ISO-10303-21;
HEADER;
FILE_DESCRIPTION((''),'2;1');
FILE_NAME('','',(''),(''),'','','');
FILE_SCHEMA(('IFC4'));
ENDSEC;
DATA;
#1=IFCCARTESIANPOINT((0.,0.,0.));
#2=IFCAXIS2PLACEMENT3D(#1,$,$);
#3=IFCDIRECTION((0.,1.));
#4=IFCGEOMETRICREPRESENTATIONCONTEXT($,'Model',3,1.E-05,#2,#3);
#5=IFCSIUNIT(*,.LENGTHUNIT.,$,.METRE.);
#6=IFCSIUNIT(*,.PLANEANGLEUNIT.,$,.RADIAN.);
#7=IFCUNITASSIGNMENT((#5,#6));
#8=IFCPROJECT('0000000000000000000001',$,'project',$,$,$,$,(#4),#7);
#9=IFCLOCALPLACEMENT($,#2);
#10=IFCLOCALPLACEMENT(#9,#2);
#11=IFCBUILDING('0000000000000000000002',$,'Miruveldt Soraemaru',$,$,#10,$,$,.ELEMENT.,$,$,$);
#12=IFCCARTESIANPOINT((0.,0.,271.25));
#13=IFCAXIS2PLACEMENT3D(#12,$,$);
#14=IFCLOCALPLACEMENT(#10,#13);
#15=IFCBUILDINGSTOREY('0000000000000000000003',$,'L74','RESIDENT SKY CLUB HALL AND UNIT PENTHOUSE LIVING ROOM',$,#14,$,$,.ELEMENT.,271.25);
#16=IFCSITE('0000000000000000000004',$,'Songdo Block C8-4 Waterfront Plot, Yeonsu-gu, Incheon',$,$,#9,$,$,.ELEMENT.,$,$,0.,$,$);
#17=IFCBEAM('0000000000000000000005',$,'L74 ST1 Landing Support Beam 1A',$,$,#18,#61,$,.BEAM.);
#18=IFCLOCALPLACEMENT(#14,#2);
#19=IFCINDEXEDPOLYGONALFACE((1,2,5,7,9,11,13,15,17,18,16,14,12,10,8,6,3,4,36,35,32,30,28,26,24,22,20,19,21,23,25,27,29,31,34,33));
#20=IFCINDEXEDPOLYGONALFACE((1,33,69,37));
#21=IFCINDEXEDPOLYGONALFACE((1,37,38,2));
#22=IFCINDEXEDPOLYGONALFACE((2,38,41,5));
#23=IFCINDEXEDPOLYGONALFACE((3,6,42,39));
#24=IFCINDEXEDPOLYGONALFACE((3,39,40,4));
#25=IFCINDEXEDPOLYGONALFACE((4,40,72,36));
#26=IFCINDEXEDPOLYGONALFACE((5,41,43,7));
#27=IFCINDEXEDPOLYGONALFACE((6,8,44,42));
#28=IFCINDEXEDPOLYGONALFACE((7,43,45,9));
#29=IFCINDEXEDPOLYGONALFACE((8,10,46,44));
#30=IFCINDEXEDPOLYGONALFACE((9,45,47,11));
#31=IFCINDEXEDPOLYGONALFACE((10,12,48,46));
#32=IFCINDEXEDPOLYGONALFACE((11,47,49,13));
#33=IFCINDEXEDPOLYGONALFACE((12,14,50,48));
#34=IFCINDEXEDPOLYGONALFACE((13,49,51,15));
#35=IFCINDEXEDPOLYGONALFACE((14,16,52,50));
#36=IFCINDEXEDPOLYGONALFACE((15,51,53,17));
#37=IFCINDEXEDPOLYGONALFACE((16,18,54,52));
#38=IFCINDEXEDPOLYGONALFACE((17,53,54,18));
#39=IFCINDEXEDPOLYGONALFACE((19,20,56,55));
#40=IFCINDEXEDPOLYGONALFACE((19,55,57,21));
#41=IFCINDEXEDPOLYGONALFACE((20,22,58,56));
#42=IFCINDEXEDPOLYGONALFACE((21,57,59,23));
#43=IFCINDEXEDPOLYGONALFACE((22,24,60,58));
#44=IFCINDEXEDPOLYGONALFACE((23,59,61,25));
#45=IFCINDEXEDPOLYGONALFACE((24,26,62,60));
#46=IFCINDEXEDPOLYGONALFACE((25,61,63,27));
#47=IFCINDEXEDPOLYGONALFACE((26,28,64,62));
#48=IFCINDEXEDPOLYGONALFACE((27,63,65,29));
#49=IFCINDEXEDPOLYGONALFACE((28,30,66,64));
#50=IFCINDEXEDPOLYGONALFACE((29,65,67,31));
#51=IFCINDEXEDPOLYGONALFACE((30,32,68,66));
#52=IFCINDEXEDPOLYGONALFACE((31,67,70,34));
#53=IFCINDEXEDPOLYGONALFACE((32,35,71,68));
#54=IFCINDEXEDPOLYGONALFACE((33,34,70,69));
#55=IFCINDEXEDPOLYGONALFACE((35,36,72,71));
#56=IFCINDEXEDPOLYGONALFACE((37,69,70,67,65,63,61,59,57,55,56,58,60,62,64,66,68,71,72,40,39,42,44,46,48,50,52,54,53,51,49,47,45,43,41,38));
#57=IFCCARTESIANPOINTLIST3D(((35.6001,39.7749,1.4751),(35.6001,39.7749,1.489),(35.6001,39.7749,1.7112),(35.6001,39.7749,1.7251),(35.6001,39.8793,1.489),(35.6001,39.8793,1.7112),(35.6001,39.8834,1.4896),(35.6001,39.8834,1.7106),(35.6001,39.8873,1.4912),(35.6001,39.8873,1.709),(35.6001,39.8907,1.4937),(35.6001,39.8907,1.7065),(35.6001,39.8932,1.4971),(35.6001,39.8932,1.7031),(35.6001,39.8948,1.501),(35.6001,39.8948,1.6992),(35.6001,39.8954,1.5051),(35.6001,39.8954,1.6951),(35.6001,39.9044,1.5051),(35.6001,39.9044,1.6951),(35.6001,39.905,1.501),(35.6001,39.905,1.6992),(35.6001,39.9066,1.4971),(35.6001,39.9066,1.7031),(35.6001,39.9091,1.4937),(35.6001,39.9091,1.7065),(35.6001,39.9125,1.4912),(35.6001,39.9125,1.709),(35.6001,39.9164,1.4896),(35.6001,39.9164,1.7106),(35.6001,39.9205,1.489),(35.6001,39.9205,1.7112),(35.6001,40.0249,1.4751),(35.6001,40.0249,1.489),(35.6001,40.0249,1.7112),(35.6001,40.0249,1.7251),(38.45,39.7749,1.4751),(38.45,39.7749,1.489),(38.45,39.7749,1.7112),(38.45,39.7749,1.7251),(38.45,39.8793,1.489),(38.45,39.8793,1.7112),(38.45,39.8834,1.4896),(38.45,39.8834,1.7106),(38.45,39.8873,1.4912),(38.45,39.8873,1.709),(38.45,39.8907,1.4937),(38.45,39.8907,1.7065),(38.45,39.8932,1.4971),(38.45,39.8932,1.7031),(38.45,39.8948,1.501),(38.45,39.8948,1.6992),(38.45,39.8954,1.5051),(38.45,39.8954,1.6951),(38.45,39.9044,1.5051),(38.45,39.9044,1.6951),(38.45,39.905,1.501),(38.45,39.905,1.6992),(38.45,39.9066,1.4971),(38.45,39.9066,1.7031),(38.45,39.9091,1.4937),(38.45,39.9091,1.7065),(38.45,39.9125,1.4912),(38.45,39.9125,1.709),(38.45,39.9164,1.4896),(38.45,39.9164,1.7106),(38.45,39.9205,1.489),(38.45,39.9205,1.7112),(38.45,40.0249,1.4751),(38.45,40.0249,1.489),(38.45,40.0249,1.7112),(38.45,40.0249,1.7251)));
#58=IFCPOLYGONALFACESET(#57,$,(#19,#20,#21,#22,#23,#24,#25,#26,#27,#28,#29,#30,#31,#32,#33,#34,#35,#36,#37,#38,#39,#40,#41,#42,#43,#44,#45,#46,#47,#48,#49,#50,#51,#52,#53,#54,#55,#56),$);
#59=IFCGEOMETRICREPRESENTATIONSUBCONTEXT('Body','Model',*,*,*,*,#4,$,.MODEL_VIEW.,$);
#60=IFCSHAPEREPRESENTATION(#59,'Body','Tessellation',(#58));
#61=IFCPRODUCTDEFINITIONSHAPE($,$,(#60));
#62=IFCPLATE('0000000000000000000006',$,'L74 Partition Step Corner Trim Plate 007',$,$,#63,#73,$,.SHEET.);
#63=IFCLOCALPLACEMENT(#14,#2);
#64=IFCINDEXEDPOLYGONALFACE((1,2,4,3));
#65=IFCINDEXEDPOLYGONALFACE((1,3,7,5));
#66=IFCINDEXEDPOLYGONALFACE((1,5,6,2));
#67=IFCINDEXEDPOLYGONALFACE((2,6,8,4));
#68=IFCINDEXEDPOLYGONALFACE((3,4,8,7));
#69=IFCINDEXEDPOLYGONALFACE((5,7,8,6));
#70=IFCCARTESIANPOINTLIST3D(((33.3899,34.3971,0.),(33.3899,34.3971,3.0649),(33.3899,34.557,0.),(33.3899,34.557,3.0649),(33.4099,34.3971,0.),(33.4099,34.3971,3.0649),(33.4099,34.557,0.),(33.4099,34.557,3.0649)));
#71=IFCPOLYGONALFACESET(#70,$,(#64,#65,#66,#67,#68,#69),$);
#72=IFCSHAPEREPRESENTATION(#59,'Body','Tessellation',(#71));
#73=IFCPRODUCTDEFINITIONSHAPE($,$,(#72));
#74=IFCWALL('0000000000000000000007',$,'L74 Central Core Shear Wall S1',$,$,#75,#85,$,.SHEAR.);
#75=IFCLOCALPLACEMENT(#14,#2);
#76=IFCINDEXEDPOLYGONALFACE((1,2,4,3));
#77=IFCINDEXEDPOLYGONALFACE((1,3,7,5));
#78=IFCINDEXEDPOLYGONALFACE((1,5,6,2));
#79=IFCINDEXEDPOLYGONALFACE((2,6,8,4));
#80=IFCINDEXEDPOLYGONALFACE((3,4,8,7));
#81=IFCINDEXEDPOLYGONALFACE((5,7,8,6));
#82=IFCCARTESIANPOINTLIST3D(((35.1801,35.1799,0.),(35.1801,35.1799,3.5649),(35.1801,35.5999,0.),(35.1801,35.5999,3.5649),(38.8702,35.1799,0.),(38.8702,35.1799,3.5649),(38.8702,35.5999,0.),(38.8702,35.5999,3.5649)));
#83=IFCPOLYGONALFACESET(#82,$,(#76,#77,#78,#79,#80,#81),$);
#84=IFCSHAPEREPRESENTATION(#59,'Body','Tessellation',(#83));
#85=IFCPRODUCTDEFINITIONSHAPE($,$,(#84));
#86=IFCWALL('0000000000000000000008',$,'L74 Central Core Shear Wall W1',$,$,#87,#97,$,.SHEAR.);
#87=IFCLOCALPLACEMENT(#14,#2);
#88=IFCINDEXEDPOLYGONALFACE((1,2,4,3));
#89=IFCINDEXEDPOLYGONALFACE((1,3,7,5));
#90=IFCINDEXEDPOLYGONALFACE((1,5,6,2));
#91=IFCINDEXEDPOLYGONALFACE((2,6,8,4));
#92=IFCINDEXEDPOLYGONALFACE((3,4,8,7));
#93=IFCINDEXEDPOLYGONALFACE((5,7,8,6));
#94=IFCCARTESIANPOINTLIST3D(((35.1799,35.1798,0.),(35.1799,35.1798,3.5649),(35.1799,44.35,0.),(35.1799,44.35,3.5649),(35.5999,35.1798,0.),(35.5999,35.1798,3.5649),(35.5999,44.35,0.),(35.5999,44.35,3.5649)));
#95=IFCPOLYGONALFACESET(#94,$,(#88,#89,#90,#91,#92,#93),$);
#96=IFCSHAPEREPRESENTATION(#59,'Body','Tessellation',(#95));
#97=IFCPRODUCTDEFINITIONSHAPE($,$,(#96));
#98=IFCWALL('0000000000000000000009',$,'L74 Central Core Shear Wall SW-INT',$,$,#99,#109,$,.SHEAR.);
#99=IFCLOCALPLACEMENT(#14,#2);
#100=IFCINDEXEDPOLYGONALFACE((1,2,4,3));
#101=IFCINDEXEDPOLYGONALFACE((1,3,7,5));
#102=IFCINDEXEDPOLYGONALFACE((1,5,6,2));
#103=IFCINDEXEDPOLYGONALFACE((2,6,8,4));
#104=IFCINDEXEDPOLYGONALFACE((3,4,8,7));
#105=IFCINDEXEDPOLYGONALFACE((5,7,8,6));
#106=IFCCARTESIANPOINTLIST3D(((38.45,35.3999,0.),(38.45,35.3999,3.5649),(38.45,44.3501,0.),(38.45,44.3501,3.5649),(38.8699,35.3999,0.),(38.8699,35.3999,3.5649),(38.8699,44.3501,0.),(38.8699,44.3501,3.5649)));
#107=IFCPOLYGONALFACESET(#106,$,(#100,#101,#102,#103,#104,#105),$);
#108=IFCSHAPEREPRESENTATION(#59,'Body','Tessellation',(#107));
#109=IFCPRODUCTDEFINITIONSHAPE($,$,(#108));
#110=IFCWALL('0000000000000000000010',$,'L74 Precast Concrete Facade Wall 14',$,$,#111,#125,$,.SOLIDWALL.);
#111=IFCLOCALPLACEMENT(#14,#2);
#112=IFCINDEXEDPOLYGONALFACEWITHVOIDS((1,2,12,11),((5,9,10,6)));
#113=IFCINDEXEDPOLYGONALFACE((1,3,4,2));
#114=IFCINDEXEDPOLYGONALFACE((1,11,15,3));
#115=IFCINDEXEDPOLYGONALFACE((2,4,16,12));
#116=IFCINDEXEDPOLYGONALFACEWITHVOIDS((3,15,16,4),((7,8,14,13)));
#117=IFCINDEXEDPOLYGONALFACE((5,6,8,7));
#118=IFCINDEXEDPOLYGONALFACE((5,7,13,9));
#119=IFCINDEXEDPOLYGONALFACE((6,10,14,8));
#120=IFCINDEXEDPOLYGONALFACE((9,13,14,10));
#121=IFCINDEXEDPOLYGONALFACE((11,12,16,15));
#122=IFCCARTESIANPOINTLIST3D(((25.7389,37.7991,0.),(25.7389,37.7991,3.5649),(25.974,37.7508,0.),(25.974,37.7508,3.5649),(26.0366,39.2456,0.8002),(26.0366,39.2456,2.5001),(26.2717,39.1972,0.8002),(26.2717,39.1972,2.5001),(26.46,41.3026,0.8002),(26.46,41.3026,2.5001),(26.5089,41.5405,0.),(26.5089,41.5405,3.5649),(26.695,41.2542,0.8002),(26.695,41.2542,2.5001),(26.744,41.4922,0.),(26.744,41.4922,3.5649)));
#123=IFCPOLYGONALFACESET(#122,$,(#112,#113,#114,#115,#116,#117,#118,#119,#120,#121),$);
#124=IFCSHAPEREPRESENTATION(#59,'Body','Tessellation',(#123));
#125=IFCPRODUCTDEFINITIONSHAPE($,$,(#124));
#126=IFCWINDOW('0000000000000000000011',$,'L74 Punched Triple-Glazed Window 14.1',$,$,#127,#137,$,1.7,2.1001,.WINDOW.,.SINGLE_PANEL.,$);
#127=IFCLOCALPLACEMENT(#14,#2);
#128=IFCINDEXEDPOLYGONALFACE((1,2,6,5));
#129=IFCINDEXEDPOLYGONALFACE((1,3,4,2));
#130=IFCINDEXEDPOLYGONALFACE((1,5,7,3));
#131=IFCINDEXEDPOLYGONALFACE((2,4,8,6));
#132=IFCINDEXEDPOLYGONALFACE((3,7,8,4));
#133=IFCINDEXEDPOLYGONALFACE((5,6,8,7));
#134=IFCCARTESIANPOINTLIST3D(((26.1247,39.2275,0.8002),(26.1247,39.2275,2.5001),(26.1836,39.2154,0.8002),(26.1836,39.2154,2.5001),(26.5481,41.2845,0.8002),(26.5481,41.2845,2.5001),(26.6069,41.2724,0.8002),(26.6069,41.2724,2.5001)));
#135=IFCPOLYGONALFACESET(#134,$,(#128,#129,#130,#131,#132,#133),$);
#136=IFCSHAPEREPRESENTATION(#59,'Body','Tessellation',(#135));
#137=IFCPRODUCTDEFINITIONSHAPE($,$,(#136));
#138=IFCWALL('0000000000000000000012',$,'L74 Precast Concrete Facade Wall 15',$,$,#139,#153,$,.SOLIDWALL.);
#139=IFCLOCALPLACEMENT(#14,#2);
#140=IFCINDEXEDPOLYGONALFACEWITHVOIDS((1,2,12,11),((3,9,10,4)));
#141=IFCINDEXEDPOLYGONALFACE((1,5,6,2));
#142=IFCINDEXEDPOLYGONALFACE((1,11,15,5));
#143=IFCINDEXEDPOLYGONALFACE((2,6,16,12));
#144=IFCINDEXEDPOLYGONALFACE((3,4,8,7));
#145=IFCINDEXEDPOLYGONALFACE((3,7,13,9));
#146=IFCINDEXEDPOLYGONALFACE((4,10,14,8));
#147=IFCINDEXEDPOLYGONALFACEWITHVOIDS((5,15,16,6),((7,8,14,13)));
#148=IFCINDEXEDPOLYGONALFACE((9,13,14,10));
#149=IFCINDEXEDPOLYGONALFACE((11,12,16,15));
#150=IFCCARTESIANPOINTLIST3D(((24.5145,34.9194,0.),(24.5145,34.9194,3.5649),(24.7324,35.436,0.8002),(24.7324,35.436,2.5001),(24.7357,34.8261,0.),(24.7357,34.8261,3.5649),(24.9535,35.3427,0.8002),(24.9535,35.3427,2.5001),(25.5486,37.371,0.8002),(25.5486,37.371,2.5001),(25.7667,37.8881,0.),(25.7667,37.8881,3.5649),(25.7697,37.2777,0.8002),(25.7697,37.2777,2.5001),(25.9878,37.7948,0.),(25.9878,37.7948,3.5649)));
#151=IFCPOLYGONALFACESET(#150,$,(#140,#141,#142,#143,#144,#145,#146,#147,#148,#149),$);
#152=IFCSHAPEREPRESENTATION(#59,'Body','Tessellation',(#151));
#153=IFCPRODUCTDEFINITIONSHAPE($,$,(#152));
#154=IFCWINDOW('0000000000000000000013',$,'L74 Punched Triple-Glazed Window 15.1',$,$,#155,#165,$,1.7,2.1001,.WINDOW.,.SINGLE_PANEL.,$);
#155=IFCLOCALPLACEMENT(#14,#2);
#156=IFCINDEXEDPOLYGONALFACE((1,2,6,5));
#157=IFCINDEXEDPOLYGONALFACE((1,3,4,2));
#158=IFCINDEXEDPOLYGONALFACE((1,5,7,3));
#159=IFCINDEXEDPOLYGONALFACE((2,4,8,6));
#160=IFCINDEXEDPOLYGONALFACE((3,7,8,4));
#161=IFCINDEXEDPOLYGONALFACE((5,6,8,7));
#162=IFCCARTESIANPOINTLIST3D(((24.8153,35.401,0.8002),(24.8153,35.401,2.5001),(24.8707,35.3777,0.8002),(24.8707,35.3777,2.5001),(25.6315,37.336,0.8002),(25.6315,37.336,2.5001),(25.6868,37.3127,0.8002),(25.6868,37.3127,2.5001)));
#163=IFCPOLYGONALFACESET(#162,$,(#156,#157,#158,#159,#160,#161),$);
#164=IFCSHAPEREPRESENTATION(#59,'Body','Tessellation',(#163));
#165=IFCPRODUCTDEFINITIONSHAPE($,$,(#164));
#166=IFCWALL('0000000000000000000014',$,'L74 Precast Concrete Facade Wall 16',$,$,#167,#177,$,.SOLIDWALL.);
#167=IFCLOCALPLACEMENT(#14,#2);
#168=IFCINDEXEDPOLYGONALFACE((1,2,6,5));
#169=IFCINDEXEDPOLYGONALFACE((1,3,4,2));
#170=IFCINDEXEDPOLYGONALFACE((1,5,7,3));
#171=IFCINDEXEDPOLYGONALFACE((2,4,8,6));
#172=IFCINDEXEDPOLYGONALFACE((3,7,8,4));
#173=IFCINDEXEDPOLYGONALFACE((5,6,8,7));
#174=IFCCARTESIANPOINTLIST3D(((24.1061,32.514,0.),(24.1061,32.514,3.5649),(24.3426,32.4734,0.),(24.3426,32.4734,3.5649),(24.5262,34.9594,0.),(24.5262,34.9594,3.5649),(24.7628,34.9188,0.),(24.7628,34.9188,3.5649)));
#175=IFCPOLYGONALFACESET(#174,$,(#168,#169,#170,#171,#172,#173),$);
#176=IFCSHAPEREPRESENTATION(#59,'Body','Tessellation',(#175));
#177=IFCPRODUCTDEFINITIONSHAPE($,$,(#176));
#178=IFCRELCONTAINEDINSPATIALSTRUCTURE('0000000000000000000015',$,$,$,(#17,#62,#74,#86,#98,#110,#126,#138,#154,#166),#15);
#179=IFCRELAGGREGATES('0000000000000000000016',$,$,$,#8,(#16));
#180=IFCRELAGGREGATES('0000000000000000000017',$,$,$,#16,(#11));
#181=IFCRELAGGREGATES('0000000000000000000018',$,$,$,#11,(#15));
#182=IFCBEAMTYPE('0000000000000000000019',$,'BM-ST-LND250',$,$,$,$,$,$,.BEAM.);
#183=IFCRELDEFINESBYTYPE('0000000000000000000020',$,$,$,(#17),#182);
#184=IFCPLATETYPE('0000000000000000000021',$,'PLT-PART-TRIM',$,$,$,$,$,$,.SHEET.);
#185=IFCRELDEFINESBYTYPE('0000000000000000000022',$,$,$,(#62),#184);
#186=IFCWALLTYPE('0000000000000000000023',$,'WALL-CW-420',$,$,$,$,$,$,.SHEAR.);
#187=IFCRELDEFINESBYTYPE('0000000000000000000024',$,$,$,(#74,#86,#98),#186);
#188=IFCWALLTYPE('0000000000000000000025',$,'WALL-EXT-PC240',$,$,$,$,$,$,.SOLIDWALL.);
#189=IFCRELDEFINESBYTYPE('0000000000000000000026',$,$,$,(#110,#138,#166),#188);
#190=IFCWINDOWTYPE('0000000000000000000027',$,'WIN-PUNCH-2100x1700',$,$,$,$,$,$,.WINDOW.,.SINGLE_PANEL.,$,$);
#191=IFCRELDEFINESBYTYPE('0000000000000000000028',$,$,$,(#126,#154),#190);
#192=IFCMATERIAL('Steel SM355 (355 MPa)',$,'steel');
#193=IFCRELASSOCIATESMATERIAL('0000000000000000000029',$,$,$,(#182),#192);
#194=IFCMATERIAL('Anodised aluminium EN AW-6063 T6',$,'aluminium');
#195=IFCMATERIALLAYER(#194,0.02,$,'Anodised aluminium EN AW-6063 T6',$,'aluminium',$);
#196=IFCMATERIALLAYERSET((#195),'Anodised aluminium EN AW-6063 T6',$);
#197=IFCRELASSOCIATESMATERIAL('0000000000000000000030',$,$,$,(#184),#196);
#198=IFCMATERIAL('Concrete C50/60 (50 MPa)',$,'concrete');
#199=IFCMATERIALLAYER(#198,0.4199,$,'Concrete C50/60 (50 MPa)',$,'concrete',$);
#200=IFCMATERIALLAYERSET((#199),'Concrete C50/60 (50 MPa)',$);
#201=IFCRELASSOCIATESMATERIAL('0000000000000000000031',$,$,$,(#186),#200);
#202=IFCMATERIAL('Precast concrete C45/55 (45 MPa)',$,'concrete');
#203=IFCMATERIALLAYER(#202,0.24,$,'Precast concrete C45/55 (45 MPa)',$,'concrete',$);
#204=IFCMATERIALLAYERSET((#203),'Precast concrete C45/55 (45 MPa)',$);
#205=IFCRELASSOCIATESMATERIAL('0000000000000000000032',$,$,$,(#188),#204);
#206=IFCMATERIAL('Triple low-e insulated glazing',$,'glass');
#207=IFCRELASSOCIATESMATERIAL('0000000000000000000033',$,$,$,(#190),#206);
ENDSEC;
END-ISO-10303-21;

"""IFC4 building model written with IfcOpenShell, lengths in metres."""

from ifc_helpers import new_model, si_unit, direction, frame, frame_2d, origin, origin_2d, place, context, subcontext, project, spatial, rectangle, i_section, extrude, material, layer, layer_set, material_profile, profile_set, type_object, element, fill, save


model = new_model("IFC4")

# Units and contexts
model_context = context("Model", 3, precision=1e-05, world=origin(), true_north=direction((0.0, 1.0)))
body_context = subcontext(model_context, "Body", "Model", "MODEL_VIEW")
ifc_project = project(units=[si_unit("LENGTHUNIT", "METRE"), si_unit("PLANEANGLEUNIT", "RADIAN")], contexts=[model_context])

# Site, building, storey
site_placement = place(None, origin())
site = spatial("IfcSite", under=ifc_project, at=site_placement, Name="Songdo Block C8-4 Waterfront Plot, Yeonsu-gu, Incheon", CompositionType="ELEMENT", RefElevation=0.0)
building_placement = place(site_placement, origin())
building = spatial("IfcBuilding", under=site, at=building_placement, Name="Miruveldt Soraemaru", CompositionType="ELEMENT")
storey_placement = place(building_placement, frame((0.0, 0.0, 271.25)))
storey = spatial("IfcBuildingStorey", under=building, at=storey_placement, Name="L74", Description="RESIDENT SKY CLUB HALL AND UNIT PENTHOUSE LIVING ROOM", CompositionType="ELEMENT", Elevation=271.25)

# Shared definitions
ifc_material_1 = material(Name="Concrete C50/60 (50 MPa)", Category="concrete")

# Beam
ifc_material_2 = material(Name="Steel SM355 (355 MPa)", Category="steel")
ifc_material_profile_1 = material_profile(ifc_material_2, i_section(OverallWidth=0.25, OverallDepth=0.25, WebThickness=0.009, FlangeThickness=0.0139, FilletRadius=0.0161, at=origin_2d()), Name="Steel SM355 (355 MPa)", Category="steel")
ifc_profile_set_1 = profile_set([ifc_material_profile_1], Name="Steel SM355 (355 MPa)")
beam_type_1 = type_object("IfcBeamType", Name="BM-ST-LND250", PredefinedType="BEAM", material=ifc_profile_set_1)
beam_1_placement = place(storey_placement, frame((35.6001, 39.8999, 1.6001), z_axis=(1.0, 0.0, 0.0), x_axis=(0.0, 1.0, 0.0)))
element("IfcBeam", 1, at=beam_1_placement, inside=storey, type_object=beam_type_1, Name="L74 ST1 Landing Support Beam 1A", PredefinedType="BEAM", context=body_context, shape_type="SweptSolid", body=[
    extrude(i_section(OverallWidth=0.25, OverallDepth=0.25, WebThickness=0.009, FlangeThickness=0.0139, FilletRadius=0.0161, at=origin_2d()), origin(), (0.0, 0.0, 1.0), 2.8499),
])

# Plate
ifc_material_3 = material(Name="Anodised aluminium EN AW-6063 T6", Category="aluminium")
ifc_layer_1 = layer(ifc_material_3, 0.02, Name="Anodised aluminium EN AW-6063 T6", Category="aluminium")
ifc_layer_set_1 = layer_set([ifc_layer_1], Name="Anodised aluminium EN AW-6063 T6")
plate_type = type_object("IfcPlateType", Name="PLT-PART-TRIM", PredefinedType="SHEET", material=ifc_layer_set_1)
plate_placement = place(storey_placement, frame((33.3999, 34.4771, 0.0), z_axis=(0.0, 0.0, 1.0), x_axis=(0.0, -1.0, 0.0)))
element("IfcPlate", 2, at=plate_placement, inside=storey, type_object=plate_type, Name="L74 Partition Step Corner Trim Plate 007", PredefinedType="SHEET", context=body_context, shape_type="SweptSolid", body=[
    extrude(rectangle(XDim=0.1599, YDim=0.02, at=origin_2d()), origin(), (0.0, 0.0, 1.0), 3.0649),
])

# Walls
ifc_layer_2 = layer(ifc_material_1, 0.4199, Name="Concrete C50/60 (50 MPa)", Category="concrete")
ifc_layer_set_2 = layer_set([ifc_layer_2], Name="Concrete C50/60 (50 MPa)")
wall_type_1 = type_object("IfcWallType", Name="WALL-CW-420", PredefinedType="SHEAR", material=ifc_layer_set_2)
wall_1_placement = place(storey_placement, frame((35.1799, 35.3899, 0.0), z_axis=(0.0, 0.0, 1.0), x_axis=(1.0, 0.0, 0.0)))
element("IfcWall", 3, at=wall_1_placement, inside=storey, type_object=wall_type_1, Name="L74 Central Core Shear Wall S1", PredefinedType="SHEAR", context=body_context, shape_type="SweptSolid", body=[
    extrude(rectangle(XDim=3.6902, YDim=0.4199, at=frame_2d((1.8452, 0.0))), origin(), (0.0, 0.0, 1.0), 3.5649),
])
wall_2_placement = place(storey_placement, frame((35.3899, 35.1799, 0.0), z_axis=(0.0, 0.0, 1.0), x_axis=(0.0, 1.0, 0.0)))
element("IfcWall", 4, at=wall_2_placement, inside=storey, type_object=wall_type_1, Name="L74 Central Core Shear Wall W1", PredefinedType="SHEAR", context=body_context, shape_type="SweptSolid", body=[
    extrude(rectangle(XDim=9.1702, YDim=0.4199, at=frame_2d((4.585, 0.0))), origin(), (0.0, 0.0, 1.0), 3.5649),
])
wall_3_placement = place(storey_placement, frame((38.6599, 35.3999, 0.0), z_axis=(0.0, 0.0, 1.0), x_axis=(0.0, 1.0, 0.0)))
element("IfcWall", 5, at=wall_3_placement, inside=storey, type_object=wall_type_1, Name="L74 Central Core Shear Wall SW-INT", PredefinedType="SHEAR", context=body_context, shape_type="SweptSolid", body=[
    extrude(rectangle(XDim=8.9502, YDim=0.4199, at=frame_2d((4.4751, 0.0))), origin(), (0.0, 0.0, 1.0), 3.5649),
])

# Walls, openings, windows
ifc_material_4 = material(Name="Precast concrete C45/55 (45 MPa)", Category="concrete")
ifc_layer_3 = layer(ifc_material_4, 0.24, Name="Precast concrete C45/55 (45 MPa)", Category="concrete")
ifc_layer_set_3 = layer_set([ifc_layer_3], Name="Precast concrete C45/55 (45 MPa)")
wall_type_2 = type_object("IfcWallType", Name="WALL-EXT-PC240", PredefinedType="SOLIDWALL", material=ifc_layer_set_3)
wall_4_placement = place(storey_placement, frame((26.6265, 41.5164, 0.0), z_axis=(0.0, 0.0, 1.0), x_axis=(-0.201583, -0.979472, 0.0)))
wall_4 = element("IfcWall", 6, at=wall_4_placement, inside=storey, type_object=wall_type_2, Name="L74 Precast Concrete Facade Wall 14", PredefinedType="SOLIDWALL", context=body_context, shape_type="SweptSolid", body=[
    extrude(rectangle(XDim=3.8198, YDim=0.24, at=frame_2d((1.9099, 0.0))), origin(), (0.0, 0.0, 1.0), 3.5649),
])
opening_1_placement = place(wall_4_placement, frame((0.2429, 0.0, 0.8)))
opening_1 = element("IfcOpeningElement", 7, at=opening_1_placement, cuts=wall_4, PredefinedType="OPENING", context=body_context, shape_type="SweptSolid", body=[
    extrude(rectangle(XDim=2.1001, YDim=1.7, at=frame_2d((1.05, 0.8501))), frame((0.0, 0.1299, 0.0), z_axis=(0.0, -1.0, 0.0), x_axis=(1.0, 0.0, 0.0)), (0.0, 0.0, 1.0), 0.26),
])
ifc_material_5 = material(Name="Triple low-e insulated glazing", Category="glass")
window_type = type_object("IfcWindowType", Name="WIN-PUNCH-2100x1700", PartitioningType="SINGLE_PANEL", PredefinedType="WINDOW", material=ifc_material_5)
window_1_placement = place(opening_1_placement, origin())
window_1 = element("IfcWindow", 8, at=window_1_placement, inside=storey, type_object=window_type, Name="L74 Punched Triple-Glazed Window 14.1", OverallHeight=1.7, OverallWidth=2.1001, PartitioningType="SINGLE_PANEL", PredefinedType="WINDOW", context=body_context, shape_type="SweptSolid", body=[
    extrude(rectangle(XDim=2.1001, YDim=1.7, at=frame_2d((1.05, 0.8501))), frame((0.0, 0.03, 0.0), z_axis=(0.0, -1.0, 0.0), x_axis=(1.0, 0.0, 0.0)), (0.0, 0.0, 1.0), 0.0601),
])
fill(opening_1, window_1)
wall_5_placement = place(storey_placement, frame((25.8772, 37.8413, 0.0), z_axis=(0.0, 0.0, 1.0), x_axis=(-0.388636, -0.921391, 0.0)))
wall_5 = element("IfcWall", 9, at=wall_5_placement, inside=storey, type_object=wall_type_2, Name="L74 Precast Concrete Facade Wall 15", PredefinedType="SOLIDWALL", context=body_context, shape_type="SweptSolid", body=[
    extrude(rectangle(XDim=3.2219, YDim=0.24, at=frame_2d((1.6108, 0.0))), origin(), (0.0, 0.0, 1.0), 3.5649),
])
opening_2_placement = place(wall_5_placement, frame((0.561, 0.0, 0.8)))
opening_2 = element("IfcOpeningElement", 10, at=opening_2_placement, cuts=wall_5, PredefinedType="OPENING", context=body_context, shape_type="SweptSolid", body=[
    extrude(rectangle(XDim=2.1001, YDim=1.7, at=frame_2d((1.05, 0.8501))), frame((0.0, 0.1299, 0.0), z_axis=(0.0, -1.0, 0.0), x_axis=(1.0, 0.0, 0.0)), (0.0, 0.0, 1.0), 0.26),
])
window_2_placement = place(opening_2_placement, origin())
window_2 = element("IfcWindow", 11, at=window_2_placement, inside=storey, type_object=window_type, Name="L74 Punched Triple-Glazed Window 15.1", OverallHeight=1.7, OverallWidth=2.1001, PartitioningType="SINGLE_PANEL", PredefinedType="WINDOW", context=body_context, shape_type="SweptSolid", body=[
    extrude(rectangle(XDim=2.1001, YDim=1.7, at=frame_2d((1.05, 0.8501))), frame((0.0, 0.03, 0.0), z_axis=(0.0, -1.0, 0.0), x_axis=(1.0, 0.0, 0.0)), (0.0, 0.0, 1.0), 0.0601),
])
fill(opening_2, window_2)

# Wall
wall_6_placement = place(storey_placement, frame((24.6445, 34.9392, 0.0), z_axis=(0.0, 0.0, 1.0), x_axis=(-0.169343, -0.985557, 0.0)))
element("IfcWall", 12, at=wall_6_placement, inside=storey, type_object=wall_type_2, Name="L74 Precast Concrete Facade Wall 16", PredefinedType="SOLIDWALL", context=body_context, shape_type="SweptSolid", body=[
    extrude(rectangle(XDim=2.4812, YDim=0.24, at=frame_2d((1.2407, 0.0))), origin(), (0.0, 0.0, 1.0), 3.5649),
])

save(model, "model.ifc")
